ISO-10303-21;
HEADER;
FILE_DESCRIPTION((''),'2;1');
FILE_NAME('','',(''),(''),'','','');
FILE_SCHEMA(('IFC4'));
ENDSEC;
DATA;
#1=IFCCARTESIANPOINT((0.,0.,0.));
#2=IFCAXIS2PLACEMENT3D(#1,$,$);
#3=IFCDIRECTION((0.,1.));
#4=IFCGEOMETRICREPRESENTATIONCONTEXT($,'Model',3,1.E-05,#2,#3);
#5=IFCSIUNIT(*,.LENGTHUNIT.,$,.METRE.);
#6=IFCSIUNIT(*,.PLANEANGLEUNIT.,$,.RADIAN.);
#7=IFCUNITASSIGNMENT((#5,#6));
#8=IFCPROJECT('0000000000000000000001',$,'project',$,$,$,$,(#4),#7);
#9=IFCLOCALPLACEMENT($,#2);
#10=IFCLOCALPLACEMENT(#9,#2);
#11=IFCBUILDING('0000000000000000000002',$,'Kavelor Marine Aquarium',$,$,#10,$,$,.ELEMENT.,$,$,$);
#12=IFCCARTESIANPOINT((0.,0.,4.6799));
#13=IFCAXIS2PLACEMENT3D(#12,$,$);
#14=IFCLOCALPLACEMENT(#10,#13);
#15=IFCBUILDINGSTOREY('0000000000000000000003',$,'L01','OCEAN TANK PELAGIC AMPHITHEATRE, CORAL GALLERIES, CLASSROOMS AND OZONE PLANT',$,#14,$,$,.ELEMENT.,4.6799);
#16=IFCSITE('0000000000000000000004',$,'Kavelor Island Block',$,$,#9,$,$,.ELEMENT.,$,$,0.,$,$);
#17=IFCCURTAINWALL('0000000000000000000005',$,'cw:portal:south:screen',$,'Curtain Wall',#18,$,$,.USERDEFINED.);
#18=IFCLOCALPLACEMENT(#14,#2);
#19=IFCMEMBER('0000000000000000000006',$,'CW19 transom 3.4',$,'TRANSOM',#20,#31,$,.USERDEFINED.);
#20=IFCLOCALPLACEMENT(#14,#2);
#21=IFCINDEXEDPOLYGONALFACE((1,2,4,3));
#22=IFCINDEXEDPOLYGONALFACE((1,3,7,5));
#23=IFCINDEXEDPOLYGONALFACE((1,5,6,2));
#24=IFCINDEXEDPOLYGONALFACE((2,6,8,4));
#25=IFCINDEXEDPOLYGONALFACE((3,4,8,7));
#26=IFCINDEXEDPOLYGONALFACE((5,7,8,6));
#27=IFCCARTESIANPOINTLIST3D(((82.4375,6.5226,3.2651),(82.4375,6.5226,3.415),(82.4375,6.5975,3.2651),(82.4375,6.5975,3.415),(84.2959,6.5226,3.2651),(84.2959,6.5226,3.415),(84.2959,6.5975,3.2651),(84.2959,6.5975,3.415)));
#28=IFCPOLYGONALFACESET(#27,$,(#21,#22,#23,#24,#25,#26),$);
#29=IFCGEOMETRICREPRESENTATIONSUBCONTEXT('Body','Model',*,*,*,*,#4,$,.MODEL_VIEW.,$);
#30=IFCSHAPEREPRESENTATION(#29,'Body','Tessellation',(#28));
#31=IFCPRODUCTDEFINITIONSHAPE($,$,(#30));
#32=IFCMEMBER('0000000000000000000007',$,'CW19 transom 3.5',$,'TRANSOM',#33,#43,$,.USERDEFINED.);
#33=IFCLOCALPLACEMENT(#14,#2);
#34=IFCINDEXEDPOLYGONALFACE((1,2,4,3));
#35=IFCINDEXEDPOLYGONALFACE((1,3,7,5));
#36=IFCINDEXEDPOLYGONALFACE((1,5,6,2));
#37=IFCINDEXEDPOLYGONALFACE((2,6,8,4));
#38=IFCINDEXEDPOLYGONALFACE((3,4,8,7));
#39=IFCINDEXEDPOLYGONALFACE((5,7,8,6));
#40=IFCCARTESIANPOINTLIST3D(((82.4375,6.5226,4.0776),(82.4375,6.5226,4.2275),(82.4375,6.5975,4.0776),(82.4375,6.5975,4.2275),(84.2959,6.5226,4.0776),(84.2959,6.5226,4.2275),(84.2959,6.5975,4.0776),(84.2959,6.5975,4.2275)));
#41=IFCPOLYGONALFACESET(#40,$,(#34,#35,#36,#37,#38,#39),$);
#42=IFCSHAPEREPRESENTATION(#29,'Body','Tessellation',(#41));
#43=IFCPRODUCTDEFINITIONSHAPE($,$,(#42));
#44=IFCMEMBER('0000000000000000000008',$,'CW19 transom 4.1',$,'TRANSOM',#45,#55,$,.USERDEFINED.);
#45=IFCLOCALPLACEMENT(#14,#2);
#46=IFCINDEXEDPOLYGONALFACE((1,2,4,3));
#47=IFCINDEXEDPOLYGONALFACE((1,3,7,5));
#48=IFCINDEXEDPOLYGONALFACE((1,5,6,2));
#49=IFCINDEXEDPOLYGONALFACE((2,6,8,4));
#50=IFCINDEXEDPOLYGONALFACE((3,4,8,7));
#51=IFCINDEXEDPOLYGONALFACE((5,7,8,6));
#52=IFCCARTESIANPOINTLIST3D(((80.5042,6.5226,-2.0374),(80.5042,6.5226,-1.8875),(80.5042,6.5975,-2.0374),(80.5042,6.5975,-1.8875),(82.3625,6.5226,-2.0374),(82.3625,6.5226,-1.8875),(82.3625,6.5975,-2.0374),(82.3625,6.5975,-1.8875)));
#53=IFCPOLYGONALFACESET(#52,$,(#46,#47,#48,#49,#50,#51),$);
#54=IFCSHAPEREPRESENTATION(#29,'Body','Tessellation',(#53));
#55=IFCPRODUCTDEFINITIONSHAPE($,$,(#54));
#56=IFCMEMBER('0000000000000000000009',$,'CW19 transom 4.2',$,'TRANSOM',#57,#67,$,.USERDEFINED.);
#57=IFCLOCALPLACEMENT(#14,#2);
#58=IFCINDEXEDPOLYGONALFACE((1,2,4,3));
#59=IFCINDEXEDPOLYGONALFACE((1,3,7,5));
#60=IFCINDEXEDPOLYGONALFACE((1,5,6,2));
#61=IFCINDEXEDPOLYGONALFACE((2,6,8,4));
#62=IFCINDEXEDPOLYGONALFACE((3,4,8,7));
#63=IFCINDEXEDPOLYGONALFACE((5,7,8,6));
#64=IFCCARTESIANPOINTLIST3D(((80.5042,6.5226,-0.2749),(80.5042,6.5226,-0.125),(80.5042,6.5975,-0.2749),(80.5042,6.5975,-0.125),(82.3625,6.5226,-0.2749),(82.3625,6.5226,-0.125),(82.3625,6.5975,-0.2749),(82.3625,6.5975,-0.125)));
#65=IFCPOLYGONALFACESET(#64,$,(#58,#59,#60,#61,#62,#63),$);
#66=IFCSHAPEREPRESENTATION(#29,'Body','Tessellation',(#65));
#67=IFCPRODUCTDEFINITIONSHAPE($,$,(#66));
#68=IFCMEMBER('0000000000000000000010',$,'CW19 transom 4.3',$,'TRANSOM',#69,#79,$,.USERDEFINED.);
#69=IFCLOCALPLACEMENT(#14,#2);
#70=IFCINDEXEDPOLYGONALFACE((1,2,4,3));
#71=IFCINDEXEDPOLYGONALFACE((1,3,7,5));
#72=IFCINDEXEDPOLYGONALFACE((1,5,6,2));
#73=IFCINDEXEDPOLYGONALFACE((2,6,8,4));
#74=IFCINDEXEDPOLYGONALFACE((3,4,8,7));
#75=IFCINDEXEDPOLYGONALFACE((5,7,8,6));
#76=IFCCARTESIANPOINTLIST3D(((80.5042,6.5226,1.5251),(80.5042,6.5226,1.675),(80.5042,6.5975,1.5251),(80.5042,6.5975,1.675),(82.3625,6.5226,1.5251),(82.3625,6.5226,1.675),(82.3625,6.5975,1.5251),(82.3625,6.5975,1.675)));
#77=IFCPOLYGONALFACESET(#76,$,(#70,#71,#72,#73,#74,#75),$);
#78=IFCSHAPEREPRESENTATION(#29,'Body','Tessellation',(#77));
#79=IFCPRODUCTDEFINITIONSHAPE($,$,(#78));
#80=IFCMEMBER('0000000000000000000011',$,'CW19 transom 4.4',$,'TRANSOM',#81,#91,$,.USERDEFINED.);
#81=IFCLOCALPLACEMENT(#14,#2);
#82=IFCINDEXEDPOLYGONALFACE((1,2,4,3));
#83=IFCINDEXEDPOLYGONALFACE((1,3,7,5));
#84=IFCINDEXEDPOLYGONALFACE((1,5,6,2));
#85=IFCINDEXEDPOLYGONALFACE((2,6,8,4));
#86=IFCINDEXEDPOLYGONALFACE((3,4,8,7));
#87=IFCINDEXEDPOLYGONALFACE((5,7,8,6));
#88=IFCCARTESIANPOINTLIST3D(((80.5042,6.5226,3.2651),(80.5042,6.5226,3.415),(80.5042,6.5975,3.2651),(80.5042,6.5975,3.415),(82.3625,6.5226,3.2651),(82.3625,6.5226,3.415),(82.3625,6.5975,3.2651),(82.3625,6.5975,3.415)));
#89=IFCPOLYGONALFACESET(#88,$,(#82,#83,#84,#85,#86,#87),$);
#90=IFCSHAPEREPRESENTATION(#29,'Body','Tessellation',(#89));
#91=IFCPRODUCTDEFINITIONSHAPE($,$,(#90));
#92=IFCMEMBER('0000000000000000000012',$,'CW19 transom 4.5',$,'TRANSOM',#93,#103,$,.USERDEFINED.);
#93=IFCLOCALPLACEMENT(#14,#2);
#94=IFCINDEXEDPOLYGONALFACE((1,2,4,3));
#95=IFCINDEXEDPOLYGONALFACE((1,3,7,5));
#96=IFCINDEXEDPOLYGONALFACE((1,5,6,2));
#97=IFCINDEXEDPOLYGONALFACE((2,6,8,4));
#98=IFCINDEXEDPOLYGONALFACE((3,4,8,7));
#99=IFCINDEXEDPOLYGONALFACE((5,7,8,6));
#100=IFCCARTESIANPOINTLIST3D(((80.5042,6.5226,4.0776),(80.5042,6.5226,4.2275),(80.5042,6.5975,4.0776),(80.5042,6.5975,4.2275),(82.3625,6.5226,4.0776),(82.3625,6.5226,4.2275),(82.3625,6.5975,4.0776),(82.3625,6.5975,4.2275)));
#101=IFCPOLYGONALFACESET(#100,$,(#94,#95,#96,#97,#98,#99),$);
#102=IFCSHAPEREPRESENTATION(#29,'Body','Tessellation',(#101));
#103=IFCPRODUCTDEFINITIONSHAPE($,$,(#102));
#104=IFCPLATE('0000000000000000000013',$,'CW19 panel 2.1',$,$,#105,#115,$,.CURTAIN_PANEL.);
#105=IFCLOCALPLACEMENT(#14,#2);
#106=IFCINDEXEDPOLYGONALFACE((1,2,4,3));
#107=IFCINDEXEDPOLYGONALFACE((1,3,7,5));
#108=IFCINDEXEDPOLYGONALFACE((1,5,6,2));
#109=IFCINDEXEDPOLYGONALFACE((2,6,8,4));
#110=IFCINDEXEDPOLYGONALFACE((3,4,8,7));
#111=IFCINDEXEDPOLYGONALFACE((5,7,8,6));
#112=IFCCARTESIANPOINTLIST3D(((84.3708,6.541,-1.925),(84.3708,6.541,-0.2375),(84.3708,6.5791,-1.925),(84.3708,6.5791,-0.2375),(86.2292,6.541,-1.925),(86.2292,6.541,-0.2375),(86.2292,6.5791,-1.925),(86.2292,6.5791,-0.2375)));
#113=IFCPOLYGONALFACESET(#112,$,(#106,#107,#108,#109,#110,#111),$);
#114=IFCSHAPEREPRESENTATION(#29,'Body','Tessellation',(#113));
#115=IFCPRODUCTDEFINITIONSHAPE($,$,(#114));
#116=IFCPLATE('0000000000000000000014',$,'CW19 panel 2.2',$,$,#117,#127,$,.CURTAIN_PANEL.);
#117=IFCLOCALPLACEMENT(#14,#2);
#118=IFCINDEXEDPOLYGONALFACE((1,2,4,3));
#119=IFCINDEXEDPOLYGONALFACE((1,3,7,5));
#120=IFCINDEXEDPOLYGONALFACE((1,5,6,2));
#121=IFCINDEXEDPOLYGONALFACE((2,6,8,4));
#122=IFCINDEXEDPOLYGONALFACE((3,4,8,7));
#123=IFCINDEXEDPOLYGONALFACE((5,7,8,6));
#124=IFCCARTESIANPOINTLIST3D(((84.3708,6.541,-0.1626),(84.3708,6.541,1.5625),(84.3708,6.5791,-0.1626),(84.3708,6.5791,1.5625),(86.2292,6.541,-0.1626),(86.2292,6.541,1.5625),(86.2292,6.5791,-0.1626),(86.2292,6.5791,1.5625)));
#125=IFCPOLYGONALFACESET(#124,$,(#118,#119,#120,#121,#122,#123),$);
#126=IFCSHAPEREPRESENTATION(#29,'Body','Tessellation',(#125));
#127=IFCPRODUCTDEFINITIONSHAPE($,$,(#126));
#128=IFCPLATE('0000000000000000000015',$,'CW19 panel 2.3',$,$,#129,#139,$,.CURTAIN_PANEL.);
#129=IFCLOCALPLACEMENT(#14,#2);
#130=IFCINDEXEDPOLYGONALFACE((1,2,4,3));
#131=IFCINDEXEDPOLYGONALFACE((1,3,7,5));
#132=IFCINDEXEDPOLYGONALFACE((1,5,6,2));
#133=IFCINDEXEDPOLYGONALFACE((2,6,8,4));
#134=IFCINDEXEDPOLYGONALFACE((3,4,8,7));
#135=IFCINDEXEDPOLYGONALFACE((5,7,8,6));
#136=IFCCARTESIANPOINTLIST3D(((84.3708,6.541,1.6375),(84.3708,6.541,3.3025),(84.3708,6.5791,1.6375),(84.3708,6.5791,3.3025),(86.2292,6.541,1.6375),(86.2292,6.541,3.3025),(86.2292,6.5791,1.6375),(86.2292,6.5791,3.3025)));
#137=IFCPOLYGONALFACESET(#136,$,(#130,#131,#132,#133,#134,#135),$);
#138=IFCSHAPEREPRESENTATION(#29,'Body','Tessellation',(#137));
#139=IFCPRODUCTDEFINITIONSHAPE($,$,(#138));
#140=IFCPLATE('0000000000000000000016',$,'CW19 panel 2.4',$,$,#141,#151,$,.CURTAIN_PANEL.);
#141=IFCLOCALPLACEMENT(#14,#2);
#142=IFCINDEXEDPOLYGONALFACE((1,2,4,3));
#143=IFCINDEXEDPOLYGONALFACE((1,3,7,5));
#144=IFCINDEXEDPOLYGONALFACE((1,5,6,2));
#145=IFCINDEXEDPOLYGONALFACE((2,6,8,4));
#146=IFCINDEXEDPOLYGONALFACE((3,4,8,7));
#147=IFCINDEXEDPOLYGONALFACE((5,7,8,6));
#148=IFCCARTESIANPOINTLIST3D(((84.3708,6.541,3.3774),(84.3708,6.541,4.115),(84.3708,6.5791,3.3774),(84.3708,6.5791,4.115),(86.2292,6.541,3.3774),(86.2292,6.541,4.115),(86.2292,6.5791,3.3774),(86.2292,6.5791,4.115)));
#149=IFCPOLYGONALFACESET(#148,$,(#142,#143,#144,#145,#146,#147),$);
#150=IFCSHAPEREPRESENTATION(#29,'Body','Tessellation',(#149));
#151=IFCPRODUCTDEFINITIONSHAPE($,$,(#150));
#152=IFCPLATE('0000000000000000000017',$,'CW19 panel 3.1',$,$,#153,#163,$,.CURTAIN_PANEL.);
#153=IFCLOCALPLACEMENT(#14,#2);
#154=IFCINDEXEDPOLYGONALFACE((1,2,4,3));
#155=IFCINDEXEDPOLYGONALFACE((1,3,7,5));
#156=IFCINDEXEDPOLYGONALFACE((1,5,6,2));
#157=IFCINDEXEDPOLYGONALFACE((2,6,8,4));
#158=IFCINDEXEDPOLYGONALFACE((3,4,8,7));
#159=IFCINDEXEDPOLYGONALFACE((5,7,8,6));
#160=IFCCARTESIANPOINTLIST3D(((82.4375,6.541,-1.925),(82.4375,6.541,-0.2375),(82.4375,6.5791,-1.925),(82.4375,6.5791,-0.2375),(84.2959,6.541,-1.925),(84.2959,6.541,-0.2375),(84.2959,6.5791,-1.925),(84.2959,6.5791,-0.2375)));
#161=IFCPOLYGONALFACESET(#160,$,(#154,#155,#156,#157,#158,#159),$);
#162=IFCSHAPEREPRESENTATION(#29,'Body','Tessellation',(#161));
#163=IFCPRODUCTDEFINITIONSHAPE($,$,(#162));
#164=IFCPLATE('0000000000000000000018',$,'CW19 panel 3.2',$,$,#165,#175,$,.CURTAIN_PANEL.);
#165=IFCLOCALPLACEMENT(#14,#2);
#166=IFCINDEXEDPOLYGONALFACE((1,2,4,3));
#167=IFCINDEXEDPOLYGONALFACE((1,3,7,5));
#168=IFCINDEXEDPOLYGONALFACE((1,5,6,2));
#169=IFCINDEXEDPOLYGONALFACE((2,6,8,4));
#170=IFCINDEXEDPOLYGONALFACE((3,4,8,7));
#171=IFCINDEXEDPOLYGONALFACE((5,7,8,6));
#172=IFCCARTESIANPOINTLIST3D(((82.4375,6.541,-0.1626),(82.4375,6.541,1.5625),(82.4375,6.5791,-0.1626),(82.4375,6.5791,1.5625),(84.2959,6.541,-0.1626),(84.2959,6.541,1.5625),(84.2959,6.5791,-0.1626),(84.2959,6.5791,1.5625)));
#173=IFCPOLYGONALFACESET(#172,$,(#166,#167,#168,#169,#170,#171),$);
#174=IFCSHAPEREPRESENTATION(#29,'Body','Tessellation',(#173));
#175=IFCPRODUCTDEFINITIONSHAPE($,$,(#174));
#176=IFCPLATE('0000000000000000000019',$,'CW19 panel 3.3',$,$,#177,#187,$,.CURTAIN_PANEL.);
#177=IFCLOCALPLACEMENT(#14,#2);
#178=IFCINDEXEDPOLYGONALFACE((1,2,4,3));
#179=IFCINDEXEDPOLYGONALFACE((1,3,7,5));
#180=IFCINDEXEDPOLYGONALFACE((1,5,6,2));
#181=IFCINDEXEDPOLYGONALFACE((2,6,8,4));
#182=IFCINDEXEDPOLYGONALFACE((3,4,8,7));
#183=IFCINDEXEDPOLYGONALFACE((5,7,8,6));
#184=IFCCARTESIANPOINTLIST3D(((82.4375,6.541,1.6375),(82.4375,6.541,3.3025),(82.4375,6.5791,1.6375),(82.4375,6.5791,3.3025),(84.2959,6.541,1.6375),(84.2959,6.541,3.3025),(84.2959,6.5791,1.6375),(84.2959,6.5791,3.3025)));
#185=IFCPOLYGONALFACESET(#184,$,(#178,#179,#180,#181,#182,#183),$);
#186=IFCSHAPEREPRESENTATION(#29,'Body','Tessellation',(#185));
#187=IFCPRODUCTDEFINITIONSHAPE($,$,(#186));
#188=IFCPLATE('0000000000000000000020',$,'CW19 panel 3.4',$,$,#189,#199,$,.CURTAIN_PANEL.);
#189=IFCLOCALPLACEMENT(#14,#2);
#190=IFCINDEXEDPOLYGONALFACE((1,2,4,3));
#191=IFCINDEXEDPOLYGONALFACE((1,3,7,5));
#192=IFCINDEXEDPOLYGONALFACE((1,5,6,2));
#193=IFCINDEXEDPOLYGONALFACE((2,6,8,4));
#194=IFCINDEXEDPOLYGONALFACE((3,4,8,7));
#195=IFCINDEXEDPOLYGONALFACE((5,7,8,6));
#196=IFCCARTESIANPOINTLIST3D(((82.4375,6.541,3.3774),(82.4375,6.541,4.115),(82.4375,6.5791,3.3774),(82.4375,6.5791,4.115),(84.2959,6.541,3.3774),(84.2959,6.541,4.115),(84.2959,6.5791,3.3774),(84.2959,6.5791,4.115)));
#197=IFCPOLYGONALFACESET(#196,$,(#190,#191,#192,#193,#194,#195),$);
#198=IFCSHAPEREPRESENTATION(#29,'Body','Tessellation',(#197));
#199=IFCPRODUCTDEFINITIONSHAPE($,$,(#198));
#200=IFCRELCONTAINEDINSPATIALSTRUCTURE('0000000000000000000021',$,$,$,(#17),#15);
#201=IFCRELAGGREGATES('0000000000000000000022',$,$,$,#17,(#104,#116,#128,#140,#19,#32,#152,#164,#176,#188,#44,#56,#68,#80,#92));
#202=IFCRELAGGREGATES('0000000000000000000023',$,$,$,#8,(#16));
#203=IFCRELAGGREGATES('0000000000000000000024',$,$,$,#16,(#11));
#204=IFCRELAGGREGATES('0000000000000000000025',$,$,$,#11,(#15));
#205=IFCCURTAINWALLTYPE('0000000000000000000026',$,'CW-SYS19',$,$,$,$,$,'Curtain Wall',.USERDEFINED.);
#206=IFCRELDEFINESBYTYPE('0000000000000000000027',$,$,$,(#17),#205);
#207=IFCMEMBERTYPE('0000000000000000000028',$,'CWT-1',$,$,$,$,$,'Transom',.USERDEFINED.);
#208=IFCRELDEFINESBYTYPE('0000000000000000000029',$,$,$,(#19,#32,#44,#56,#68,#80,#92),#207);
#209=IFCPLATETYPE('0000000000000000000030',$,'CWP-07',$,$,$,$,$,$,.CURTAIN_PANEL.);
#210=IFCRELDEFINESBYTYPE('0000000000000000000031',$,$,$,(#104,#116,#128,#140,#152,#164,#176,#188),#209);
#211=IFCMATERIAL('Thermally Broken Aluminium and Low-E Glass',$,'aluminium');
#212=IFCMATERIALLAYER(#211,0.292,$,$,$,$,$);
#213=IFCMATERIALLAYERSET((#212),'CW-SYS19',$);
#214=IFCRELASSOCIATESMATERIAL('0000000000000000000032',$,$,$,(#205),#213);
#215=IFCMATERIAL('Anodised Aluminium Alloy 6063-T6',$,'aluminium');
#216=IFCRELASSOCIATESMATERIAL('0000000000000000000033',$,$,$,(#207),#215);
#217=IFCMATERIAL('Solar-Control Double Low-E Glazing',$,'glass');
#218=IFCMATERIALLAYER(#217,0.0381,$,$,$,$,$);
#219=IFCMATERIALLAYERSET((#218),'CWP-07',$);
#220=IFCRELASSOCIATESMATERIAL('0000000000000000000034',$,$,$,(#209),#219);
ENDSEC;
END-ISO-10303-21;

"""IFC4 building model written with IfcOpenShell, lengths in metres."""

from ifc_helpers import new_model, si_unit, direction, frame, origin, origin_2d, place, context, subcontext, project, spatial, rectangle, extrude, material, layer, layer_set, material_profile, profile_set, type_object, element, aggregate, save


model = new_model("IFC4")

# Units and contexts
model_context = context("Model", 3, precision=1e-05, world=origin(), true_north=direction((0.0, 1.0)))
body_context = subcontext(model_context, "Body", "Model", "MODEL_VIEW")
ifc_project = project(units=[si_unit("LENGTHUNIT", "METRE"), si_unit("PLANEANGLEUNIT", "RADIAN")], contexts=[model_context])

# Site, building, storey
site_placement = place(None, origin())
site = spatial("IfcSite", under=ifc_project, at=site_placement, Name="Kavelor Island Block", CompositionType="ELEMENT", RefElevation=0.0)
building_placement = place(site_placement, origin())
building = spatial("IfcBuilding", under=site, at=building_placement, Name="Kavelor Marine Aquarium", CompositionType="ELEMENT")
storey_placement = place(building_placement, frame((0.0, 0.0, 4.6799)))
storey = spatial("IfcBuildingStorey", under=building, at=storey_placement, Name="L01", Description="OCEAN TANK PELAGIC AMPHITHEATRE, CORAL GALLERIES, CLASSROOMS AND OZONE PLANT", CompositionType="ELEMENT", Elevation=4.6799)

# Curtain wall, members, plates
ifc_material_1 = material(Name="Thermally Broken Aluminium and Low-E Glass", Category="aluminium")
ifc_layer_1 = layer(ifc_material_1, 0.292)
ifc_layer_set_1 = layer_set([ifc_layer_1], Name="CW-SYS19")
curtain_wall_type = type_object("IfcCurtainWallType", Name="CW-SYS19", ElementType="Curtain Wall", PredefinedType="USERDEFINED", material=ifc_layer_set_1)
curtain_wall_placement = place(storey_placement, origin())
curtain_wall = element("IfcCurtainWall", 1, at=curtain_wall_placement, inside=storey, type_object=curtain_wall_type, Name="cw:portal:south:screen", ObjectType="Curtain Wall", PredefinedType="USERDEFINED")
ifc_material_2 = material(Name="Anodised Aluminium Alloy 6063-T6", Category="aluminium")
ifc_material_profile_1 = material_profile(ifc_material_2, rectangle(XDim=0.075, YDim=0.1499, at=origin_2d()), Name="CW-TRN 75x150")
ifc_profile_set_1 = profile_set([ifc_material_profile_1], Name="Anodised Aluminium Alloy 6063-T6")
member_type_1 = type_object("IfcMemberType", Name="CWT-1", ElementType="Transom", PredefinedType="USERDEFINED", material=ifc_profile_set_1)
member_1_placement = place(storey_placement, frame((84.2959, 6.5601, 3.3401), z_axis=(-1.0, 0.0, 0.0), x_axis=(0.0, -1.0, 0.0)))
member_1 = element("IfcMember", 2, at=member_1_placement, type_object=member_type_1, Name="CW19 transom 3.4", ObjectType="TRANSOM", PredefinedType="USERDEFINED", context=body_context, shape_type="SweptSolid", body=[
    extrude(rectangle(XDim=0.075, YDim=0.1499, at=origin_2d()), origin(), (0.0, 0.0, 1.0), 1.8584),
])
member_2_placement = place(storey_placement, frame((84.2959, 6.5601, 4.1526), z_axis=(-1.0, 0.0, 0.0), x_axis=(0.0, -1.0, 0.0)))
member_2 = element("IfcMember", 3, at=member_2_placement, type_object=member_type_1, Name="CW19 transom 3.5", ObjectType="TRANSOM", PredefinedType="USERDEFINED", context=body_context, shape_type="SweptSolid", body=[
    extrude(rectangle(XDim=0.075, YDim=0.1499, at=origin_2d()), origin(), (0.0, 0.0, 1.0), 1.8584),
])
member_3_placement = place(storey_placement, frame((82.3625, 6.5601, -1.9624), z_axis=(-1.0, 0.0, 0.0), x_axis=(0.0, -1.0, 0.0)))
member_3 = element("IfcMember", 4, at=member_3_placement, type_object=member_type_1, Name="CW19 transom 4.1", ObjectType="TRANSOM", PredefinedType="USERDEFINED", context=body_context, shape_type="SweptSolid", body=[
    extrude(rectangle(XDim=0.075, YDim=0.1499, at=origin_2d()), origin(), (0.0, 0.0, 1.0), 1.8584),
])
member_4_placement = place(storey_placement, frame((82.3625, 6.5601, -0.2), z_axis=(-1.0, 0.0, 0.0), x_axis=(0.0, -1.0, 0.0)))
member_4 = element("IfcMember", 5, at=member_4_placement, type_object=member_type_1, Name="CW19 transom 4.2", ObjectType="TRANSOM", PredefinedType="USERDEFINED", context=body_context, shape_type="SweptSolid", body=[
    extrude(rectangle(XDim=0.075, YDim=0.1499, at=origin_2d()), origin(), (0.0, 0.0, 1.0), 1.8584),
])
member_5_placement = place(storey_placement, frame((82.3625, 6.5601, 1.6001), z_axis=(-1.0, 0.0, 0.0), x_axis=(0.0, -1.0, 0.0)))
member_5 = element("IfcMember", 6, at=member_5_placement, type_object=member_type_1, Name="CW19 transom 4.3", ObjectType="TRANSOM", PredefinedType="USERDEFINED", context=body_context, shape_type="SweptSolid", body=[
    extrude(rectangle(XDim=0.075, YDim=0.1499, at=origin_2d()), origin(), (0.0, 0.0, 1.0), 1.8584),
])
member_6_placement = place(storey_placement, frame((82.3625, 6.5601, 3.3401), z_axis=(-1.0, 0.0, 0.0), x_axis=(0.0, -1.0, 0.0)))
member_6 = element("IfcMember", 7, at=member_6_placement, type_object=member_type_1, Name="CW19 transom 4.4", ObjectType="TRANSOM", PredefinedType="USERDEFINED", context=body_context, shape_type="SweptSolid", body=[
    extrude(rectangle(XDim=0.075, YDim=0.1499, at=origin_2d()), origin(), (0.0, 0.0, 1.0), 1.8584),
])
member_7_placement = place(storey_placement, frame((82.3625, 6.5601, 4.1526), z_axis=(-1.0, 0.0, 0.0), x_axis=(0.0, -1.0, 0.0)))
member_7 = element("IfcMember", 8, at=member_7_placement, type_object=member_type_1, Name="CW19 transom 4.5", ObjectType="TRANSOM", PredefinedType="USERDEFINED", context=body_context, shape_type="SweptSolid", body=[
    extrude(rectangle(XDim=0.075, YDim=0.1499, at=origin_2d()), origin(), (0.0, 0.0, 1.0), 1.8584),
])
ifc_material_3 = material(Name="Solar-Control Double Low-E Glazing", Category="glass")
ifc_layer_2 = layer(ifc_material_3, 0.0381)
ifc_layer_set_2 = layer_set([ifc_layer_2], Name="CWP-07")
plate_type = type_object("IfcPlateType", Name="CWP-07", PredefinedType="CURTAIN_PANEL", material=ifc_layer_set_2)
plate_1_placement = place(storey_placement, frame((85.3, 6.5601, -1.925), z_axis=(0.0, 0.0, 1.0), x_axis=(-1.0, 0.0, 0.0)))
plate_1 = element("IfcPlate", 9, at=plate_1_placement, type_object=plate_type, Name="CW19 panel 2.1", PredefinedType="CURTAIN_PANEL", context=body_context, shape_type="SweptSolid", body=[
    extrude(rectangle(XDim=1.8584, YDim=0.0381, at=origin_2d()), origin(), (0.0, 0.0, 1.0), 1.6875),
])
plate_2_placement = place(storey_placement, frame((85.3, 6.5601, -0.1626), z_axis=(0.0, 0.0, 1.0), x_axis=(-1.0, 0.0, 0.0)))
plate_2 = element("IfcPlate", 10, at=plate_2_placement, type_object=plate_type, Name="CW19 panel 2.2", PredefinedType="CURTAIN_PANEL", context=body_context, shape_type="SweptSolid", body=[
    extrude(rectangle(XDim=1.8584, YDim=0.0381, at=origin_2d()), origin(), (0.0, 0.0, 1.0), 1.7251),
])
plate_3_placement = place(storey_placement, frame((85.3, 6.5601, 1.6375), z_axis=(0.0, 0.0, 1.0), x_axis=(-1.0, 0.0, 0.0)))
plate_3 = element("IfcPlate", 11, at=plate_3_placement, type_object=plate_type, Name="CW19 panel 2.3", PredefinedType="CURTAIN_PANEL", context=body_context, shape_type="SweptSolid", body=[
    extrude(rectangle(XDim=1.8584, YDim=0.0381, at=origin_2d()), origin(), (0.0, 0.0, 1.0), 1.665),
])
plate_4_placement = place(storey_placement, frame((85.3, 6.5601, 3.3774), z_axis=(0.0, 0.0, 1.0), x_axis=(-1.0, 0.0, 0.0)))
plate_4 = element("IfcPlate", 12, at=plate_4_placement, type_object=plate_type, Name="CW19 panel 2.4", PredefinedType="CURTAIN_PANEL", context=body_context, shape_type="SweptSolid", body=[
    extrude(rectangle(XDim=1.8584, YDim=0.0381, at=origin_2d()), origin(), (0.0, 0.0, 1.0), 0.7375),
])
plate_5_placement = place(storey_placement, frame((83.3667, 6.5601, -1.925), z_axis=(0.0, 0.0, 1.0), x_axis=(-1.0, 0.0, 0.0)))
plate_5 = element("IfcPlate", 13, at=plate_5_placement, type_object=plate_type, Name="CW19 panel 3.1", PredefinedType="CURTAIN_PANEL", context=body_context, shape_type="SweptSolid", body=[
    extrude(rectangle(XDim=1.8584, YDim=0.0381, at=origin_2d()), origin(), (0.0, 0.0, 1.0), 1.6875),
])
plate_6_placement = place(storey_placement, frame((83.3667, 6.5601, -0.1626), z_axis=(0.0, 0.0, 1.0), x_axis=(-1.0, 0.0, 0.0)))
plate_6 = element("IfcPlate", 14, at=plate_6_placement, type_object=plate_type, Name="CW19 panel 3.2", PredefinedType="CURTAIN_PANEL", context=body_context, shape_type="SweptSolid", body=[
    extrude(rectangle(XDim=1.8584, YDim=0.0381, at=origin_2d()), origin(), (0.0, 0.0, 1.0), 1.7251),
])
plate_7_placement = place(storey_placement, frame((83.3667, 6.5601, 1.6375), z_axis=(0.0, 0.0, 1.0), x_axis=(-1.0, 0.0, 0.0)))
plate_7 = element("IfcPlate", 15, at=plate_7_placement, type_object=plate_type, Name="CW19 panel 3.3", PredefinedType="CURTAIN_PANEL", context=body_context, shape_type="SweptSolid", body=[
    extrude(rectangle(XDim=1.8584, YDim=0.0381, at=origin_2d()), origin(), (0.0, 0.0, 1.0), 1.665),
])
plate_8_placement = place(storey_placement, frame((83.3667, 6.5601, 3.3774), z_axis=(0.0, 0.0, 1.0), x_axis=(-1.0, 0.0, 0.0)))
plate_8 = element("IfcPlate", 16, at=plate_8_placement, type_object=plate_type, Name="CW19 panel 3.4", PredefinedType="CURTAIN_PANEL", context=body_context, shape_type="SweptSolid", body=[
    extrude(rectangle(XDim=1.8584, YDim=0.0381, at=origin_2d()), origin(), (0.0, 0.0, 1.0), 0.7375),
])
aggregate(curtain_wall, [plate_1, plate_2, plate_3, plate_4, member_1, member_2, plate_5, plate_6, plate_7, plate_8, member_3, member_4, member_5, member_6, member_7])

save(model, "model.ifc")
